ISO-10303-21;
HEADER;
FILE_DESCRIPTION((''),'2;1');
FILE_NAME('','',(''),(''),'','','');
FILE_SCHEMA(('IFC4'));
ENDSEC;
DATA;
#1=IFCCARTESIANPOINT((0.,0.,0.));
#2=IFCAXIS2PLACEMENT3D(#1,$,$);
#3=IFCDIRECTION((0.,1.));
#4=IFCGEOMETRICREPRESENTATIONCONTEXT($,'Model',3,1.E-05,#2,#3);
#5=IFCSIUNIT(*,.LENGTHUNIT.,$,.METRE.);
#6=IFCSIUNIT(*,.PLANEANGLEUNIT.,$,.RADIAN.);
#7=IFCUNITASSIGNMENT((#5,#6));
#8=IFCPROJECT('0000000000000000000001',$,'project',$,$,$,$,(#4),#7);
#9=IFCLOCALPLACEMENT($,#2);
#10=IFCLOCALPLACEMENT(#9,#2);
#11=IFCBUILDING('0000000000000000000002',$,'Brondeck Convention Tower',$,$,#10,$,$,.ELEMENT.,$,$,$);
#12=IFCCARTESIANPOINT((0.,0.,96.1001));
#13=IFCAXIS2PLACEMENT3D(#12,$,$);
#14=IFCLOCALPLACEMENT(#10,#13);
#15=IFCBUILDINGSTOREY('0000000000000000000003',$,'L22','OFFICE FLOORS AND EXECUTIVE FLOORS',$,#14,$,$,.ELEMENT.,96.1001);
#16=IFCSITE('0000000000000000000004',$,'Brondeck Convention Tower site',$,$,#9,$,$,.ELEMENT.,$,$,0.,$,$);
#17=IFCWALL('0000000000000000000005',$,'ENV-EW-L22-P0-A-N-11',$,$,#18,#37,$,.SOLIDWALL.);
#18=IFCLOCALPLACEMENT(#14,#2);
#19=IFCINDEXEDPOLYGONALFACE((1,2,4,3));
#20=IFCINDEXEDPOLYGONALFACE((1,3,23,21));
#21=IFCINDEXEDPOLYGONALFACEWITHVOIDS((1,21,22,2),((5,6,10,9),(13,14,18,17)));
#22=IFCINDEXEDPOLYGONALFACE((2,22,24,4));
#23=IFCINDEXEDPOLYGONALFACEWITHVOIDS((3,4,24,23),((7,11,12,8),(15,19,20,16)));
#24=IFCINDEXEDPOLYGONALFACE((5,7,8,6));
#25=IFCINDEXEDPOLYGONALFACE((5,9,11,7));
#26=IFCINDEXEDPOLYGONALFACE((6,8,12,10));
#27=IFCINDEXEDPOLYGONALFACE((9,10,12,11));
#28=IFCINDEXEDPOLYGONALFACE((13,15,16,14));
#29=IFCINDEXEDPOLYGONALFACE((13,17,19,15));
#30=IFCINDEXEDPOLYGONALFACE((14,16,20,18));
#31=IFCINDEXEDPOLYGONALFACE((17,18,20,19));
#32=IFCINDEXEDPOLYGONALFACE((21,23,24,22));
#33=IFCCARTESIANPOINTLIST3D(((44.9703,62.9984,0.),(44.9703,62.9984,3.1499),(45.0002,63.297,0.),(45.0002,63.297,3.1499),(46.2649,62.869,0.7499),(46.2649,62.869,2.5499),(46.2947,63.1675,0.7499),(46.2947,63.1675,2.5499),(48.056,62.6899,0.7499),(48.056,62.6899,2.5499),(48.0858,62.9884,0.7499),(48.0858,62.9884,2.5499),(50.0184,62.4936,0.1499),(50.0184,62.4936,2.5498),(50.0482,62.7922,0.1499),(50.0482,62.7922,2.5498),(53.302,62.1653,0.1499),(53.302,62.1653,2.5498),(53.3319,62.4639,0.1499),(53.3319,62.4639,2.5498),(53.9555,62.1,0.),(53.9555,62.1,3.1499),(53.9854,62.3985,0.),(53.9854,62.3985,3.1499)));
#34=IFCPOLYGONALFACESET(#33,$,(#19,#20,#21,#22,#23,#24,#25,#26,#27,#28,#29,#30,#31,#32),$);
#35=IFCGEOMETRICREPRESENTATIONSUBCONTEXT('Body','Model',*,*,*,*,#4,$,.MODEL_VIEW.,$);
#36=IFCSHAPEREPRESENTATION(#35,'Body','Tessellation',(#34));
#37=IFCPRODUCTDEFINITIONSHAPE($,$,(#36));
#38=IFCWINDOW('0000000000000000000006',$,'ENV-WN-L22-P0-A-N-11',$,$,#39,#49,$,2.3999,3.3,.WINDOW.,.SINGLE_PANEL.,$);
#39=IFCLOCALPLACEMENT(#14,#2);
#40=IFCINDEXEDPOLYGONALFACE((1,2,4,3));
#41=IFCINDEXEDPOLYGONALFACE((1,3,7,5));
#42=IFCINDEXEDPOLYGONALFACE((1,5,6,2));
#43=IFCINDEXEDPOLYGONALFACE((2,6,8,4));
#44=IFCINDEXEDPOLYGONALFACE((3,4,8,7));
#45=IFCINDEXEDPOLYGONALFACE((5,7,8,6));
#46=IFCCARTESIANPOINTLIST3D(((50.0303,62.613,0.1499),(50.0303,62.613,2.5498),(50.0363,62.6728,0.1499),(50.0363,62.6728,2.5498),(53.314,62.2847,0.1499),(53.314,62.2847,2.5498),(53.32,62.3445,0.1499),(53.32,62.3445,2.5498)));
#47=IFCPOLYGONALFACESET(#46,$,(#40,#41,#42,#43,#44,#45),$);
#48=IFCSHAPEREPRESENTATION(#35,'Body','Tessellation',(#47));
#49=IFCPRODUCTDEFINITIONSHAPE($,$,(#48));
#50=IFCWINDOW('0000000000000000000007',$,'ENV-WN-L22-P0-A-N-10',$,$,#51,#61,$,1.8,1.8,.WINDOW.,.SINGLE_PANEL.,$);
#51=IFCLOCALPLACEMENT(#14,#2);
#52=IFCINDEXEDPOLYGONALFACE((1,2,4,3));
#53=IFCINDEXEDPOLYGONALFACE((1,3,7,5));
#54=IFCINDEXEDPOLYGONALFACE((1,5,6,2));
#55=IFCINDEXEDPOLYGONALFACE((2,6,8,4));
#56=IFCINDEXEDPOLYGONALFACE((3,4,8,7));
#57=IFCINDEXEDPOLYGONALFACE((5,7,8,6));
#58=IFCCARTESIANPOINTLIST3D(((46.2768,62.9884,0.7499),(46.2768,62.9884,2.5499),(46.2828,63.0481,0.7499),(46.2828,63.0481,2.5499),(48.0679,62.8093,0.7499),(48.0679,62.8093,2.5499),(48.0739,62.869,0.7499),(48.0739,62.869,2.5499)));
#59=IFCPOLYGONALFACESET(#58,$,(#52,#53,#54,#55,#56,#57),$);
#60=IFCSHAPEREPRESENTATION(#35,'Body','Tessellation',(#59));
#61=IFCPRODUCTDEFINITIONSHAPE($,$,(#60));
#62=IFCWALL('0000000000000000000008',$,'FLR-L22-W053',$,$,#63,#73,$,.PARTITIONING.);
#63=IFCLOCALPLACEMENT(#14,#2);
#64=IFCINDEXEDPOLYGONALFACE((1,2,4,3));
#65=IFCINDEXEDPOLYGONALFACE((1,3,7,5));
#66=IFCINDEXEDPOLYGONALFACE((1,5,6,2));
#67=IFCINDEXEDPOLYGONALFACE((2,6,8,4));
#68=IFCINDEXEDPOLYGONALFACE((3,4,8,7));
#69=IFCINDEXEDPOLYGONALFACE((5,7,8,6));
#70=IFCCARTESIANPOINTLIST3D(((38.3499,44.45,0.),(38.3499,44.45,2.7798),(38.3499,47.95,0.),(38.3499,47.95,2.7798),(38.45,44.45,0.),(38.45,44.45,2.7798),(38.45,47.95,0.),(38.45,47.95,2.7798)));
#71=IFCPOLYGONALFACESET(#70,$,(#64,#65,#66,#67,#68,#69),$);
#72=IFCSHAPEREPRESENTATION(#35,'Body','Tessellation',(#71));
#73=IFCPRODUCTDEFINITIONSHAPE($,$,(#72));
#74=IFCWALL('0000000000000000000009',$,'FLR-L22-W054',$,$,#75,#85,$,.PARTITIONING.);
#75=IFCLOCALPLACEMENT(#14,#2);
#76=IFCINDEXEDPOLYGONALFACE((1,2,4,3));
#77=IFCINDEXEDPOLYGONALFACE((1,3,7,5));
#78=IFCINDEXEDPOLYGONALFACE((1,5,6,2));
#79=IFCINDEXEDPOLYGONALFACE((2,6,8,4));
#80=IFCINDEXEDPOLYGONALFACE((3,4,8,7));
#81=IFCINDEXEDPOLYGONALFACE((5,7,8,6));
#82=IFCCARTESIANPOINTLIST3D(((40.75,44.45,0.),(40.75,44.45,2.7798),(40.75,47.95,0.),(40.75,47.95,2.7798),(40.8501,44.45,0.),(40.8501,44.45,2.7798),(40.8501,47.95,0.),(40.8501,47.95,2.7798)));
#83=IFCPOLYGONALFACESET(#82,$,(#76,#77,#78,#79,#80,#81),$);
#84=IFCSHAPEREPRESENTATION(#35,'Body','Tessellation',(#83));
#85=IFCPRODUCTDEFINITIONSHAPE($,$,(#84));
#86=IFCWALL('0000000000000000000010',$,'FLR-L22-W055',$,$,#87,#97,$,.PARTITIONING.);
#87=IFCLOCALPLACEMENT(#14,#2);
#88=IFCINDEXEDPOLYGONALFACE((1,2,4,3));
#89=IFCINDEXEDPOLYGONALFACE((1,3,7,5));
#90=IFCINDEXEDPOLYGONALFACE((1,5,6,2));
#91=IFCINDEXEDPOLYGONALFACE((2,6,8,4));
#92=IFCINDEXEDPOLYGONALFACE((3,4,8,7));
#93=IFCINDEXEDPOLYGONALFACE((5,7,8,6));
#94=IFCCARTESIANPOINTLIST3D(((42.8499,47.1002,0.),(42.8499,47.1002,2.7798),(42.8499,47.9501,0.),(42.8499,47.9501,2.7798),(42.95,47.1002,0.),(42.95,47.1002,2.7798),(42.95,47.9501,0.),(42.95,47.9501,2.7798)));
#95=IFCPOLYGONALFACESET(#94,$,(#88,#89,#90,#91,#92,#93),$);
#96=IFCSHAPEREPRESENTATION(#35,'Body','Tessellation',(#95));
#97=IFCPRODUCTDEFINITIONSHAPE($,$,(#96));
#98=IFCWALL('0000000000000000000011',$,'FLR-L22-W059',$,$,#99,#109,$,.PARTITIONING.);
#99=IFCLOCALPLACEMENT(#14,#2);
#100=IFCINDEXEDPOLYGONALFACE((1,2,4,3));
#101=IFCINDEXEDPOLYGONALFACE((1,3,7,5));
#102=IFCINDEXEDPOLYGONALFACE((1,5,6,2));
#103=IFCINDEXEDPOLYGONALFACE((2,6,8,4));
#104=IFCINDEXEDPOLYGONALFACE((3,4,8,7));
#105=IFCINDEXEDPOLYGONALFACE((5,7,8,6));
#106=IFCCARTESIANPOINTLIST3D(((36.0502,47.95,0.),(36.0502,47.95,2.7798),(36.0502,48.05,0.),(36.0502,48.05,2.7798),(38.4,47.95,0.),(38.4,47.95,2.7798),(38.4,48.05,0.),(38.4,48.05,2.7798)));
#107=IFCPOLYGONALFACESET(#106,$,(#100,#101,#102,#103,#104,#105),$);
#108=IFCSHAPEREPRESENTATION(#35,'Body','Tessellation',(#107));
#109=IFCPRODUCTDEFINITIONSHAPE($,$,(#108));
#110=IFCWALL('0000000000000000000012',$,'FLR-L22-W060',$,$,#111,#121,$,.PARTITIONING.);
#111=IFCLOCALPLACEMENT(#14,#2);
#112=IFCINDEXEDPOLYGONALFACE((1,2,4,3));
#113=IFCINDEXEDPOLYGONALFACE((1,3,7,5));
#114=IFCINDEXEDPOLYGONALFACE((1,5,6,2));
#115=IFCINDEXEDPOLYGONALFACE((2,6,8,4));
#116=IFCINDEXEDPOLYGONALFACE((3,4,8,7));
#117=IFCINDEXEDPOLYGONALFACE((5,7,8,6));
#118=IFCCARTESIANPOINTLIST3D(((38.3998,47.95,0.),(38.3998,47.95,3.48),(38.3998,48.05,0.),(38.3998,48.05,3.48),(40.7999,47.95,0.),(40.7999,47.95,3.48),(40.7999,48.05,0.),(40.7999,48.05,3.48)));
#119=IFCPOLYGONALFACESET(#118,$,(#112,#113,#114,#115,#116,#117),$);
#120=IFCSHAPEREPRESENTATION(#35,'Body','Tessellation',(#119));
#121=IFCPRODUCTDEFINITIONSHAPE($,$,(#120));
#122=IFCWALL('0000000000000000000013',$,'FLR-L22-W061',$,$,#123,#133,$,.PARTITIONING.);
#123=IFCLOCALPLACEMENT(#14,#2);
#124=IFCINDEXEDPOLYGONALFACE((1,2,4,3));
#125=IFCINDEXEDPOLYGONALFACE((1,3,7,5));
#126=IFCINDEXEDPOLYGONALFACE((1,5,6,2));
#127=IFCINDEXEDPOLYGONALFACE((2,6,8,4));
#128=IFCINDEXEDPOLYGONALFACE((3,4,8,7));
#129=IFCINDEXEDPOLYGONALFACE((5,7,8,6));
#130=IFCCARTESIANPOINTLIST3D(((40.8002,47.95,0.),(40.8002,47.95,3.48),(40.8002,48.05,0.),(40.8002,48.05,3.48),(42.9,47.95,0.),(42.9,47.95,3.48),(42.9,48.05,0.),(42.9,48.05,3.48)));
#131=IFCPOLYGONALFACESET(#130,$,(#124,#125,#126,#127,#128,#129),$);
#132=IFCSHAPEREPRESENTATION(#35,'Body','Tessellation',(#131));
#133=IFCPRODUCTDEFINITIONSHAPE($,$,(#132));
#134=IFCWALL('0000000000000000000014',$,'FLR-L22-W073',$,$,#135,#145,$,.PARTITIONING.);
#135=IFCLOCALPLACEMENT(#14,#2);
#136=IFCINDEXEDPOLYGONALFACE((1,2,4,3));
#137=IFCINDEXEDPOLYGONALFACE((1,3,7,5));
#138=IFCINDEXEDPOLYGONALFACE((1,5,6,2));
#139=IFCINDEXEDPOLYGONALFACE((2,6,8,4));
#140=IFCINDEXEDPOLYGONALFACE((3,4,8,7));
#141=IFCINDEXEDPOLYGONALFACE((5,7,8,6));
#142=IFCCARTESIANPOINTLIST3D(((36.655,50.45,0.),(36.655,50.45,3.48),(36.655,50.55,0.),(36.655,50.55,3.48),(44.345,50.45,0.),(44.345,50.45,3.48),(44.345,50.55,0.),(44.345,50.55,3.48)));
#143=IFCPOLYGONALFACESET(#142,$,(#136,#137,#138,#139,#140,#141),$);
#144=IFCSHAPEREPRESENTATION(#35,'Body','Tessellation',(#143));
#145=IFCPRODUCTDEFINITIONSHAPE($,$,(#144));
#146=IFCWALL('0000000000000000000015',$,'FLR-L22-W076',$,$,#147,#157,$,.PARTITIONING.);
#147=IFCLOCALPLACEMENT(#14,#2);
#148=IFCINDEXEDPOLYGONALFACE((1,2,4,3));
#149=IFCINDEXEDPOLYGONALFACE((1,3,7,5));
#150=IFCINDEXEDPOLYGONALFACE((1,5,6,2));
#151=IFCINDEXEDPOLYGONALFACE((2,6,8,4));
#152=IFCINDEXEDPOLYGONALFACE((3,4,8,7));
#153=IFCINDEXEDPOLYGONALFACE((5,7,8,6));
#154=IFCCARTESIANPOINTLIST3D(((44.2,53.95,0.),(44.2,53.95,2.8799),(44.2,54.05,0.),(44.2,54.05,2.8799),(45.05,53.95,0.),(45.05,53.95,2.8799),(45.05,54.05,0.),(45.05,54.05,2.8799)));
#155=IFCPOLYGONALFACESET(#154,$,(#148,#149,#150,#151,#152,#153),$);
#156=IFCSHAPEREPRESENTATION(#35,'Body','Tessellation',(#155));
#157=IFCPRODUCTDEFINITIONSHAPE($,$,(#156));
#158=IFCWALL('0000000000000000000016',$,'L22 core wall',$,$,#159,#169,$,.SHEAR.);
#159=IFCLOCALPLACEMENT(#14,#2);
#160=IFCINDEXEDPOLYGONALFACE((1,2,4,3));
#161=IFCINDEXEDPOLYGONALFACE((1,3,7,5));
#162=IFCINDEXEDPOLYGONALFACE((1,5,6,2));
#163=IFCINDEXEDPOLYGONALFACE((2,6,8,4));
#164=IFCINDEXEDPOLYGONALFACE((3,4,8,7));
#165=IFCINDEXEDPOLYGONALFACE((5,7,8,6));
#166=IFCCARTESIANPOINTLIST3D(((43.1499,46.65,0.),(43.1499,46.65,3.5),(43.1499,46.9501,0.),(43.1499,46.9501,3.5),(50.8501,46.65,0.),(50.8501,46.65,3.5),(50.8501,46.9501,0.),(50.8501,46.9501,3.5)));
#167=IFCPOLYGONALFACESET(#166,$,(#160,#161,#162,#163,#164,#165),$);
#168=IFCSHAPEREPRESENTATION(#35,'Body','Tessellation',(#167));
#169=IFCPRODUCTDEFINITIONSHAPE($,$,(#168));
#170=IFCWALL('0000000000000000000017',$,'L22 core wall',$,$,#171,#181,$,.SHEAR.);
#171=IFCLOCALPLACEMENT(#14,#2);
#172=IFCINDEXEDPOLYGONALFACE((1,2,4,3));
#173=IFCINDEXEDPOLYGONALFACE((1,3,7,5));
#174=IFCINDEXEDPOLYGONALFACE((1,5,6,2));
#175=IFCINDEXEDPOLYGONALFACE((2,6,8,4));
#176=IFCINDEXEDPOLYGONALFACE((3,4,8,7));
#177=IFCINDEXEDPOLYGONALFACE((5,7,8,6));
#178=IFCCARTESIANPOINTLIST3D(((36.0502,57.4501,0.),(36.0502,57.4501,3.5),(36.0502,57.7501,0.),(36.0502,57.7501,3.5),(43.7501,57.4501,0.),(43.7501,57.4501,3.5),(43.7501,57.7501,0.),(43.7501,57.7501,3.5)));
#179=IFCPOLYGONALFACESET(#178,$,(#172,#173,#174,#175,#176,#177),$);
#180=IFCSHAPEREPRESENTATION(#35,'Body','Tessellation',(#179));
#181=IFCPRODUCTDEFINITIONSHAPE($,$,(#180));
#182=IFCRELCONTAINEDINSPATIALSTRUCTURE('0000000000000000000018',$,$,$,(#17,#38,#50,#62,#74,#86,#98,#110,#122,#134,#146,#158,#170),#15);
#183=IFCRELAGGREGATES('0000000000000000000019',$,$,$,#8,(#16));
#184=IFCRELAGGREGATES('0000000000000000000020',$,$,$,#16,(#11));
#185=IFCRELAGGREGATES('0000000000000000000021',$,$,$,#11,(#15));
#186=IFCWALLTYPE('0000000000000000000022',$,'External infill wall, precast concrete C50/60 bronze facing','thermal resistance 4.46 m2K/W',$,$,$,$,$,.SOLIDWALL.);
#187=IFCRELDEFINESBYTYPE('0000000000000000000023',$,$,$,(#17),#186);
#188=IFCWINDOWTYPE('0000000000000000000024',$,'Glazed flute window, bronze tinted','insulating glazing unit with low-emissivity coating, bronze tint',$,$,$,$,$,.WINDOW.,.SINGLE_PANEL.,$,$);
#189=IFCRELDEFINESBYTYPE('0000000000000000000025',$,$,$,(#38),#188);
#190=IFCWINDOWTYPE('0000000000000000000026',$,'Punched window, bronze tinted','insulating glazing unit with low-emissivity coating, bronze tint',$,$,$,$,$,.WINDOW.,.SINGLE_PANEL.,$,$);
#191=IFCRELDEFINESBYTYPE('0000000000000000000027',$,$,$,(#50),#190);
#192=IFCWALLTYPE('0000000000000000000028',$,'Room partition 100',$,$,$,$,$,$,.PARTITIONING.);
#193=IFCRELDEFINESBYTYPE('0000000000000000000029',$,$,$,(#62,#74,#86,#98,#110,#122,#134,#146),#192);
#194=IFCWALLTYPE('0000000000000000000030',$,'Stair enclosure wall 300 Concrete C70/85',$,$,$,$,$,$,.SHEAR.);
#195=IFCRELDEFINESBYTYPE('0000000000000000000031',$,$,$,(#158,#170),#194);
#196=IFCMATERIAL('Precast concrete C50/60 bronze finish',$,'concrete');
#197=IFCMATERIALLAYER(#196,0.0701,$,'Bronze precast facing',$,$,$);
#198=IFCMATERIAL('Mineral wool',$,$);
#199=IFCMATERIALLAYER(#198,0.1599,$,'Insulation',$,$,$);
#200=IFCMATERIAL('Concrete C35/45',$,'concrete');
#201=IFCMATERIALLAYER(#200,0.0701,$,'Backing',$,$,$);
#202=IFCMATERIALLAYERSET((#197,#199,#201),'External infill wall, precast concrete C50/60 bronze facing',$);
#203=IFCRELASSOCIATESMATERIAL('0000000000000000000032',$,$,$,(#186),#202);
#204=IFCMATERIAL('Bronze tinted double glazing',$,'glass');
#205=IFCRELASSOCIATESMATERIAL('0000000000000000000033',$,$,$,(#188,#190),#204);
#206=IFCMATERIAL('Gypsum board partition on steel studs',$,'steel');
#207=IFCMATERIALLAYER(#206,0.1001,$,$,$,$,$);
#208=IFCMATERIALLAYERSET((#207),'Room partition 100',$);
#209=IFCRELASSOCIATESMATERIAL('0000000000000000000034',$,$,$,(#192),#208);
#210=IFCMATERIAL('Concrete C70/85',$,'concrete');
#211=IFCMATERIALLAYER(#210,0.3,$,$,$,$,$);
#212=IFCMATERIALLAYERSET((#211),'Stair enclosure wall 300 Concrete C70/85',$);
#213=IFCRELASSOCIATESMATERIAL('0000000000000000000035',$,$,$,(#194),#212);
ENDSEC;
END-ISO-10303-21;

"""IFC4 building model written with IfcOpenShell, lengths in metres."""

from ifc_helpers import new_model, si_unit, direction, frame, frame_2d, origin, place, context, subcontext, project, spatial, rectangle, extrude, material, layer, layer_set, type_object, element, fill, save


model = new_model("IFC4")

# Units and contexts
model_context = context("Model", 3, precision=1e-05, world=origin(), true_north=direction((0.0, 1.0)))
body_context = subcontext(model_context, "Body", "Model", "MODEL_VIEW")
ifc_project = project(units=[si_unit("LENGTHUNIT", "METRE"), si_unit("PLANEANGLEUNIT", "RADIAN")], contexts=[model_context])

# Site, building, storey
site_placement = place(None, origin())
site = spatial("IfcSite", under=ifc_project, at=site_placement, Name="Brondeck Convention Tower site", CompositionType="ELEMENT", RefElevation=0.0)
building_placement = place(site_placement, origin())
building = spatial("IfcBuilding", under=site, at=building_placement, Name="Brondeck Convention Tower", CompositionType="ELEMENT")
storey_placement = place(building_placement, frame((0.0, 0.0, 96.1001)))
storey = spatial("IfcBuildingStorey", under=building, at=storey_placement, Name="L22", Description="OFFICE FLOORS AND EXECUTIVE FLOORS", CompositionType="ELEMENT", Elevation=96.1001)

# Shared definitions
ifc_material_1 = material(Name="Concrete C70/85", Category="concrete")

# Wall, openings, windows
ifc_material_2 = material(Name="Precast concrete C50/60 bronze finish", Category="concrete")
ifc_layer_1 = layer(ifc_material_2, 0.0701, Name="Bronze precast facing")
ifc_material_3 = material(Name="Mineral wool")
ifc_layer_2 = layer(ifc_material_3, 0.1599, Name="Insulation")
ifc_material_4 = material(Name="Concrete C35/45", Category="concrete")
ifc_layer_3 = layer(ifc_material_4, 0.0701, Name="Backing")
ifc_layer_set_1 = layer_set([ifc_layer_1, ifc_layer_2, ifc_layer_3], Name="External infill wall, precast concrete C50/60 bronze facing")
wall_type_1 = type_object("IfcWallType", Name="External infill wall, precast concrete C50/60 bronze facing", Description="thermal resistance 4.46 m2K/W", PredefinedType="SOLIDWALL", material=ifc_layer_set_1)
wall_1_placement = place(storey_placement, frame((44.9851, 63.1477, 0.0), z_axis=(0.0, 0.0, 1.0), x_axis=(0.995038, -0.099496, 0.0)))
wall_1 = element("IfcWall", 1, at=wall_1_placement, inside=storey, type_object=wall_type_1, Name="ENV-EW-L22-P0-A-N-11", PredefinedType="SOLIDWALL", context=body_context, shape_type="SweptSolid", body=[
    extrude(rectangle(XDim=9.03, YDim=0.3, at=frame_2d((4.5151, 0.0))), origin(), (0.0, 0.0, 1.0), 3.1499),
])
opening_1_placement = place(wall_1_placement, frame((1.3013, 0.0, 0.75)))
opening_1 = element("IfcOpeningElement", 2, at=opening_1_placement, cuts=wall_1, PredefinedType="OPENING", context=body_context, shape_type="SweptSolid", body=[
    extrude(rectangle(XDim=1.8, YDim=1.8, at=frame_2d((0.8999, 0.8999))), frame((0.0, 0.1599, 0.0), z_axis=(0.0, -1.0, 0.0), x_axis=(1.0, 0.0, 0.0)), (0.0, 0.0, 1.0), 0.3201),
])
opening_2_placement = place(wall_1_placement, frame((5.0735, 0.0, 0.1499)))
opening_2 = element("IfcOpeningElement", 3, at=opening_2_placement, cuts=wall_1, PredefinedType="OPENING", context=body_context, shape_type="SweptSolid", body=[
    extrude(rectangle(XDim=3.3, YDim=2.3999, at=frame_2d((1.6499, 1.2))), frame((0.0, 0.1599, 0.0), z_axis=(0.0, -1.0, 0.0), x_axis=(1.0, 0.0, 0.0)), (0.0, 0.0, 1.0), 0.3201),
])
ifc_material_5 = material(Name="Bronze tinted double glazing", Category="glass")
window_type_1 = type_object("IfcWindowType", Name="Glazed flute window, bronze tinted", Description="insulating glazing unit with low-emissivity coating, bronze tint", PartitioningType="SINGLE_PANEL", PredefinedType="WINDOW", material=ifc_material_5)
window_1_placement = place(opening_2_placement, origin())
window_1 = element("IfcWindow", 4, at=window_1_placement, inside=storey, type_object=window_type_1, Name="ENV-WN-L22-P0-A-N-11", OverallHeight=2.3999, OverallWidth=3.3, PartitioningType="SINGLE_PANEL", PredefinedType="WINDOW", context=body_context, shape_type="SweptSolid", body=[
    extrude(rectangle(XDim=3.3, YDim=2.3999, at=frame_2d((1.6499, 1.2))), frame((0.0, 0.03, 0.0), z_axis=(0.0, -1.0, 0.0), x_axis=(1.0, 0.0, 0.0)), (0.0, 0.0, 1.0), 0.0601),
])
fill(opening_2, window_1)
window_type_2 = type_object("IfcWindowType", Name="Punched window, bronze tinted", Description="insulating glazing unit with low-emissivity coating, bronze tint", PartitioningType="SINGLE_PANEL", PredefinedType="WINDOW", material=ifc_material_5)
window_2_placement = place(opening_1_placement, origin())
window_2 = element("IfcWindow", 5, at=window_2_placement, inside=storey, type_object=window_type_2, Name="ENV-WN-L22-P0-A-N-10", OverallHeight=1.8, OverallWidth=1.8, PartitioningType="SINGLE_PANEL", PredefinedType="WINDOW", context=body_context, shape_type="SweptSolid", body=[
    extrude(rectangle(XDim=1.8, YDim=1.8, at=frame_2d((0.8999, 0.8999))), frame((0.0, 0.03, 0.0), z_axis=(0.0, -1.0, 0.0), x_axis=(1.0, 0.0, 0.0)), (0.0, 0.0, 1.0), 0.0601),
])
fill(opening_1, window_2)

# Walls
ifc_material_6 = material(Name="Gypsum board partition on steel studs", Category="steel")
ifc_layer_4 = layer(ifc_material_6, 0.1001)
ifc_layer_set_2 = layer_set([ifc_layer_4], Name="Room partition 100")
wall_type_2 = type_object("IfcWallType", Name="Room partition 100", PredefinedType="PARTITIONING", material=ifc_layer_set_2)
for number, where, z_axis, x_axis, name in (
    (6, (38.3999, 47.95, 0.0), (0.0, 0.0, 1.0), (0.0, -1.0, 0.0), "FLR-L22-W053"),
    (7, (40.8, 47.95, 0.0), (0.0, 0.0, 1.0), (0.0, -1.0, 0.0), "FLR-L22-W054"),
):
    element("IfcWall", number, at=place(storey_placement, frame(where, z_axis=z_axis, x_axis=x_axis)), inside=storey, type_object=wall_type_2, Name=name, PredefinedType="PARTITIONING", context=body_context, shape_type="SweptSolid", body=[
        extrude(rectangle(XDim=3.5, YDim=0.1001, at=frame_2d((1.75, 0.0))), origin(), (0.0, 0.0, 1.0), 2.7798),
    ])
wall_2_placement = place(storey_placement, frame((42.8999, 47.95, 0.0), z_axis=(0.0, 0.0, 1.0), x_axis=(0.0, -1.0, 0.0)))
element("IfcWall", 8, at=wall_2_placement, inside=storey, type_object=wall_type_2, Name="FLR-L22-W055", PredefinedType="PARTITIONING", context=body_context, shape_type="SweptSolid", body=[
    extrude(rectangle(XDim=0.8499, YDim=0.1001, at=frame_2d((0.4248, 0.0))), origin(), (0.0, 0.0, 1.0), 2.7798),
])
wall_3_placement = place(storey_placement, frame((38.3999, 48.0, 0.0), z_axis=(0.0, 0.0, 1.0), x_axis=(-1.0, 0.0, 0.0)))
element("IfcWall", 9, at=wall_3_placement, inside=storey, type_object=wall_type_2, Name="FLR-L22-W059", PredefinedType="PARTITIONING", context=body_context, shape_type="SweptSolid", body=[
    extrude(rectangle(XDim=2.3499, YDim=0.1001, at=frame_2d((1.1748, 0.0))), origin(), (0.0, 0.0, 1.0), 2.7798),
])
wall_4_placement = place(storey_placement, frame((40.8, 48.0, 0.0), z_axis=(0.0, 0.0, 1.0), x_axis=(-1.0, 0.0, 0.0)))
element("IfcWall", 10, at=wall_4_placement, inside=storey, type_object=wall_type_2, Name="FLR-L22-W060", PredefinedType="PARTITIONING", context=body_context, shape_type="SweptSolid", body=[
    extrude(rectangle(XDim=2.4001, YDim=0.1001, at=frame_2d((1.2002, 0.0))), origin(), (0.0, 0.0, 1.0), 3.48),
])
wall_5_placement = place(storey_placement, frame((42.8999, 48.0, 0.0), z_axis=(0.0, 0.0, 1.0), x_axis=(-1.0, 0.0, 0.0)))
element("IfcWall", 11, at=wall_5_placement, inside=storey, type_object=wall_type_2, Name="FLR-L22-W061", PredefinedType="PARTITIONING", context=body_context, shape_type="SweptSolid", body=[
    extrude(rectangle(XDim=2.0999, YDim=0.1001, at=frame_2d((1.0498, 0.0))), origin(), (0.0, 0.0, 1.0), 3.48),
])
wall_6_placement = place(storey_placement, frame((44.345, 50.5, 0.0), z_axis=(0.0, 0.0, 1.0), x_axis=(-1.0, 0.0, 0.0)))
element("IfcWall", 12, at=wall_6_placement, inside=storey, type_object=wall_type_2, Name="FLR-L22-W073", PredefinedType="PARTITIONING", context=body_context, shape_type="SweptSolid", body=[
    extrude(rectangle(XDim=7.6899, YDim=0.1001, at=frame_2d((3.845, 0.0))), origin(), (0.0, 0.0, 1.0), 3.48),
])
wall_7_placement = place(storey_placement, frame((44.2, 54.0, 0.0), z_axis=(0.0, 0.0, 1.0), x_axis=(1.0, 0.0, 0.0)))
element("IfcWall", 13, at=wall_7_placement, inside=storey, type_object=wall_type_2, Name="FLR-L22-W076", PredefinedType="PARTITIONING", context=body_context, shape_type="SweptSolid", body=[
    extrude(rectangle(XDim=0.8501, YDim=0.1001, at=frame_2d((0.425, 0.0))), origin(), (0.0, 0.0, 1.0), 2.8799),
])
ifc_layer_5 = layer(ifc_material_1, 0.3)
ifc_layer_set_3 = layer_set([ifc_layer_5], Name="Stair enclosure wall 300 Concrete C70/85")
wall_type_3 = type_object("IfcWallType", Name="Stair enclosure wall 300 Concrete C70/85", PredefinedType="SHEAR", material=ifc_layer_set_3)
wall_8_placement = place(storey_placement, frame((43.1499, 46.8, 0.0), z_axis=(0.0, 0.0, 1.0), x_axis=(1.0, 0.0, 0.0)))
element("IfcWall", 14, at=wall_8_placement, inside=storey, type_object=wall_type_3, Name="L22 core wall", PredefinedType="SHEAR", context=body_context, shape_type="SweptSolid", body=[
    extrude(rectangle(XDim=7.7002, YDim=0.3, at=frame_2d((3.8501, 0.0))), origin(), (0.0, 0.0, 1.0), 3.5),
])
wall_9_placement = place(storey_placement, frame((36.05, 57.6001, 0.0), z_axis=(0.0, 0.0, 1.0), x_axis=(1.0, 0.0, 0.0)))
element("IfcWall", 15, at=wall_9_placement, inside=storey, type_object=wall_type_3, Name="L22 core wall", PredefinedType="SHEAR", context=body_context, shape_type="SweptSolid", body=[
    extrude(rectangle(XDim=7.7, YDim=0.3, at=frame_2d((3.8501, 0.0))), origin(), (0.0, 0.0, 1.0), 3.5),
])

save(model, "model.ifc")
